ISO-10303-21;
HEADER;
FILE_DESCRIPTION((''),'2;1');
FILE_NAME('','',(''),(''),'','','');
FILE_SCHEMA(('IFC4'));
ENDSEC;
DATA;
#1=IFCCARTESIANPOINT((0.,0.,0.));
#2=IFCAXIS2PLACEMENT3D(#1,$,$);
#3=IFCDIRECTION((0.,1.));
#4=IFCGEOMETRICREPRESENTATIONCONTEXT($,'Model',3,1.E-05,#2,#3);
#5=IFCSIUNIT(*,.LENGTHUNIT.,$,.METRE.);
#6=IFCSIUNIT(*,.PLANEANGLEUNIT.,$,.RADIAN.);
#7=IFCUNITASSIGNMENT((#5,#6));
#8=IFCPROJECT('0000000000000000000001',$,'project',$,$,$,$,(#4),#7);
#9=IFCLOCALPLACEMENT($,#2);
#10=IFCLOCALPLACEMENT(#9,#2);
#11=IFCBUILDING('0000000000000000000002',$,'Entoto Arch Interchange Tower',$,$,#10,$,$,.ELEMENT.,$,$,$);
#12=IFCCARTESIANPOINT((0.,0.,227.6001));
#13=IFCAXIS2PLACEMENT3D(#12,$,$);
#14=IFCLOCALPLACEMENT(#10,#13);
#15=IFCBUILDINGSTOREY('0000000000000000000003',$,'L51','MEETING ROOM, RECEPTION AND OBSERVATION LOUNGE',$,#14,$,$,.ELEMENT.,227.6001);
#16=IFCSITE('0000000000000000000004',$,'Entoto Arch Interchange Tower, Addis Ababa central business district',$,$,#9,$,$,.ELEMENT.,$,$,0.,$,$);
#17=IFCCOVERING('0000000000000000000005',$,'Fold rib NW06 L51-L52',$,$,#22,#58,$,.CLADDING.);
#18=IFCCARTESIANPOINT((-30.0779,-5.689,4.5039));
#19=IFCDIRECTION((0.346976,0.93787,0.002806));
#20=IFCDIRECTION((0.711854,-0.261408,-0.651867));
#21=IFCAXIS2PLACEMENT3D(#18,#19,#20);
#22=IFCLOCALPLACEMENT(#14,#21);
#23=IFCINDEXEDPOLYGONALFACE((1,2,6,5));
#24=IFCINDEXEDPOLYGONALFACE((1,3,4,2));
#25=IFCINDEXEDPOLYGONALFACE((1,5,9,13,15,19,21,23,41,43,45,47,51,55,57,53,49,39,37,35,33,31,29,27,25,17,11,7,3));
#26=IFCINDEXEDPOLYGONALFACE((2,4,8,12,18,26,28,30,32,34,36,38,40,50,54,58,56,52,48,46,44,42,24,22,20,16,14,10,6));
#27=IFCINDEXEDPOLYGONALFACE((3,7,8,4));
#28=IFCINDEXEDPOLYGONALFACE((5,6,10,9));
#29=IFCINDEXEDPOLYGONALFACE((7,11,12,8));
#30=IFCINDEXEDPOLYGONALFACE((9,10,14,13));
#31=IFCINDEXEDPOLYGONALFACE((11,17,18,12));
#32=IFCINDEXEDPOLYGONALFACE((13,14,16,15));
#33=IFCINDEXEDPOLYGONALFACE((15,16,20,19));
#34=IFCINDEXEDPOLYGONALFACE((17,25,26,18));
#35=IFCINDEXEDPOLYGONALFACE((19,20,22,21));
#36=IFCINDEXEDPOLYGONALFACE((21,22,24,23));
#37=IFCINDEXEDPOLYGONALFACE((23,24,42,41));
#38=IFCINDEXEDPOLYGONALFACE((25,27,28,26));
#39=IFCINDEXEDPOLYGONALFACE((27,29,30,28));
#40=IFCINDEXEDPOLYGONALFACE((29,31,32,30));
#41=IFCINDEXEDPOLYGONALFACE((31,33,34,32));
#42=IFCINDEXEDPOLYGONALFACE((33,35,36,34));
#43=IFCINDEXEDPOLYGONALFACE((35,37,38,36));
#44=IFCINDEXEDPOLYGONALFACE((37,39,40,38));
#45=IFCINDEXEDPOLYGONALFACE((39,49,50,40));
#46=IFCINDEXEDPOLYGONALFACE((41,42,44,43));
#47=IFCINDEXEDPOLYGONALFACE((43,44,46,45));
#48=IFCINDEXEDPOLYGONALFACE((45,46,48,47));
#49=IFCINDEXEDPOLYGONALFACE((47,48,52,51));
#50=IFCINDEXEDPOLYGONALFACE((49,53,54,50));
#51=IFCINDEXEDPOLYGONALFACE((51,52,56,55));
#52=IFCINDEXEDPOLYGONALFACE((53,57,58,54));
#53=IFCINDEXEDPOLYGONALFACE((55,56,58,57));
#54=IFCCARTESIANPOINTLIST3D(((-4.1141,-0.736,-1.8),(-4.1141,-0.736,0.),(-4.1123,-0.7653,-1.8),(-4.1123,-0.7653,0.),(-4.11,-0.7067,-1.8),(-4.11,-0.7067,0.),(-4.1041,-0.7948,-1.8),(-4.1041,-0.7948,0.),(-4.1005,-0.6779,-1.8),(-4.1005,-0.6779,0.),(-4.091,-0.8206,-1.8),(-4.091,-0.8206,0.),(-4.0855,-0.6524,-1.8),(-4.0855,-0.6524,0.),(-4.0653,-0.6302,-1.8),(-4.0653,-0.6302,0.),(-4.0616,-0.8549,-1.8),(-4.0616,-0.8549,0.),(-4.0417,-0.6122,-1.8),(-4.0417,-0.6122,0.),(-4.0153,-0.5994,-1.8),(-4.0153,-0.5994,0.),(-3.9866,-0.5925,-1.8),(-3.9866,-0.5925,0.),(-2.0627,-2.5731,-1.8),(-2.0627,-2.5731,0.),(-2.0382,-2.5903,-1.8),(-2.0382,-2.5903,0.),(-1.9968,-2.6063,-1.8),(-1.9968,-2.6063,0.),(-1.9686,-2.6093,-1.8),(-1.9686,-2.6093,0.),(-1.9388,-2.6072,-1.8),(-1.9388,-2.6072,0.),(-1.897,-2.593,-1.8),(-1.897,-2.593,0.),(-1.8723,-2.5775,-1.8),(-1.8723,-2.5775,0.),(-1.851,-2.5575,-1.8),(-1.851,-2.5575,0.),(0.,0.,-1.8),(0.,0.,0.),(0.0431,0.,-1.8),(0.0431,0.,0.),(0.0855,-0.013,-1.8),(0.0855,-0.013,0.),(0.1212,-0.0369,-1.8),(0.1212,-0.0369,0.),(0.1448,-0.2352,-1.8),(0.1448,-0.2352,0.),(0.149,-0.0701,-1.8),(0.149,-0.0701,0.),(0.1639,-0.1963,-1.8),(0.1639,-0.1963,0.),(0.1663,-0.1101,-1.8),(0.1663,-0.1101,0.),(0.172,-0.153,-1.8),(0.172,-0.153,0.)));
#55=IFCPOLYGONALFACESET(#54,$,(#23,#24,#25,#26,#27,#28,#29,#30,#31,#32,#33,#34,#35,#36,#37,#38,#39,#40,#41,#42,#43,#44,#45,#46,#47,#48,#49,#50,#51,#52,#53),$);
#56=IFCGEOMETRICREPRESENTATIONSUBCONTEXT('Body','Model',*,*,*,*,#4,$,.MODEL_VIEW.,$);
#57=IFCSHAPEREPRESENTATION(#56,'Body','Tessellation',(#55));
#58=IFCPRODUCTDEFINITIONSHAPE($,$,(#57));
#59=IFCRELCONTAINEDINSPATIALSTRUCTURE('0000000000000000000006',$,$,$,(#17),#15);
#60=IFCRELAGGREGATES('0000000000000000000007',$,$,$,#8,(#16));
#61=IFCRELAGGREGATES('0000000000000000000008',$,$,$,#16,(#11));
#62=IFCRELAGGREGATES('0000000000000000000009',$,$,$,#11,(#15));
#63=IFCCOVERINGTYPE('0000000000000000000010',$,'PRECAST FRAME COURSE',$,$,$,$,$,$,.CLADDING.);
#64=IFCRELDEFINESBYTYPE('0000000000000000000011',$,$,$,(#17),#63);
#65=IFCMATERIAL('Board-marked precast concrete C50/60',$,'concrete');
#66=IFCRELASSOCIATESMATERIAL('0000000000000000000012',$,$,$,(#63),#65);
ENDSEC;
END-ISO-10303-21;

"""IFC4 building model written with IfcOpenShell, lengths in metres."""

from ifc_helpers import new_model, si_unit, direction, frame, origin, place, context, subcontext, project, spatial, polyline, outline, extrude, material, type_object, element, save


model = new_model("IFC4")

# Units and contexts
model_context = context("Model", 3, precision=1e-05, world=origin(), true_north=direction((0.0, 1.0)))
body_context = subcontext(model_context, "Body", "Model", "MODEL_VIEW")
ifc_project = project(units=[si_unit("LENGTHUNIT", "METRE"), si_unit("PLANEANGLEUNIT", "RADIAN")], contexts=[model_context])

# Site, building, storey
site_placement = place(None, origin())
site = spatial("IfcSite", under=ifc_project, at=site_placement, Name="Entoto Arch Interchange Tower, Addis Ababa central business district", CompositionType="ELEMENT", RefElevation=0.0)
building_placement = place(site_placement, origin())
building = spatial("IfcBuilding", under=site, at=building_placement, Name="Entoto Arch Interchange Tower", CompositionType="ELEMENT")
storey_placement = place(building_placement, frame((0.0, 0.0, 227.6001)))
storey = spatial("IfcBuildingStorey", under=building, at=storey_placement, Name="L51", Description="MEETING ROOM, RECEPTION AND OBSERVATION LOUNGE", CompositionType="ELEMENT", Elevation=227.6001)

# Covering
ifc_material_1 = material(Name="Board-marked precast concrete C50/60", Category="concrete")
covering_type = type_object("IfcCoveringType", Name="PRECAST FRAME COURSE", PredefinedType="CLADDING", material=ifc_material_1)
covering_1_placement = place(storey_placement, frame((-30.0779, -5.689, 4.5039), z_axis=(0.346976, 0.93787, 0.002806), x_axis=(0.711854, -0.261408, -0.651867)))
element("IfcCovering", 1, at=covering_1_placement, inside=storey, type_object=covering_type, Name="Fold rib NW06 L51-L52", PredefinedType="CLADDING", context=body_context, shape_type="SweptSolid", body=[
    extrude(outline(polyline([(0.0, 0.0), (0.0431, 0.0), (0.0855, -0.013), (0.1212, -0.0369), (0.149, -0.0701), (0.1663, -0.1101), (0.172, -0.153), (0.1639, -0.1963), (0.1448, -0.2352), (-1.851, -2.5575), (-1.8723, -2.5775), (-1.897, -2.593), (-1.9388, -2.6072), (-1.9686, -2.6093), (-1.9968, -2.6063), (-2.0382, -2.5903), (-2.0627, -2.5731), (-4.0616, -0.8549), (-4.091, -0.8206), (-4.1041, -0.7948), (-4.1123, -0.7653), (-4.1141, -0.736), (-4.11, -0.7067), (-4.1005, -0.6779), (-4.0855, -0.6524), (-4.0653, -0.6302), (-4.0417, -0.6122), (-4.0153, -0.5994), (-3.9866, -0.5925), (0.0, 0.0)])), origin(), (0.0, 0.0, -1.0), 1.8),
])

save(model, "model.ifc")
